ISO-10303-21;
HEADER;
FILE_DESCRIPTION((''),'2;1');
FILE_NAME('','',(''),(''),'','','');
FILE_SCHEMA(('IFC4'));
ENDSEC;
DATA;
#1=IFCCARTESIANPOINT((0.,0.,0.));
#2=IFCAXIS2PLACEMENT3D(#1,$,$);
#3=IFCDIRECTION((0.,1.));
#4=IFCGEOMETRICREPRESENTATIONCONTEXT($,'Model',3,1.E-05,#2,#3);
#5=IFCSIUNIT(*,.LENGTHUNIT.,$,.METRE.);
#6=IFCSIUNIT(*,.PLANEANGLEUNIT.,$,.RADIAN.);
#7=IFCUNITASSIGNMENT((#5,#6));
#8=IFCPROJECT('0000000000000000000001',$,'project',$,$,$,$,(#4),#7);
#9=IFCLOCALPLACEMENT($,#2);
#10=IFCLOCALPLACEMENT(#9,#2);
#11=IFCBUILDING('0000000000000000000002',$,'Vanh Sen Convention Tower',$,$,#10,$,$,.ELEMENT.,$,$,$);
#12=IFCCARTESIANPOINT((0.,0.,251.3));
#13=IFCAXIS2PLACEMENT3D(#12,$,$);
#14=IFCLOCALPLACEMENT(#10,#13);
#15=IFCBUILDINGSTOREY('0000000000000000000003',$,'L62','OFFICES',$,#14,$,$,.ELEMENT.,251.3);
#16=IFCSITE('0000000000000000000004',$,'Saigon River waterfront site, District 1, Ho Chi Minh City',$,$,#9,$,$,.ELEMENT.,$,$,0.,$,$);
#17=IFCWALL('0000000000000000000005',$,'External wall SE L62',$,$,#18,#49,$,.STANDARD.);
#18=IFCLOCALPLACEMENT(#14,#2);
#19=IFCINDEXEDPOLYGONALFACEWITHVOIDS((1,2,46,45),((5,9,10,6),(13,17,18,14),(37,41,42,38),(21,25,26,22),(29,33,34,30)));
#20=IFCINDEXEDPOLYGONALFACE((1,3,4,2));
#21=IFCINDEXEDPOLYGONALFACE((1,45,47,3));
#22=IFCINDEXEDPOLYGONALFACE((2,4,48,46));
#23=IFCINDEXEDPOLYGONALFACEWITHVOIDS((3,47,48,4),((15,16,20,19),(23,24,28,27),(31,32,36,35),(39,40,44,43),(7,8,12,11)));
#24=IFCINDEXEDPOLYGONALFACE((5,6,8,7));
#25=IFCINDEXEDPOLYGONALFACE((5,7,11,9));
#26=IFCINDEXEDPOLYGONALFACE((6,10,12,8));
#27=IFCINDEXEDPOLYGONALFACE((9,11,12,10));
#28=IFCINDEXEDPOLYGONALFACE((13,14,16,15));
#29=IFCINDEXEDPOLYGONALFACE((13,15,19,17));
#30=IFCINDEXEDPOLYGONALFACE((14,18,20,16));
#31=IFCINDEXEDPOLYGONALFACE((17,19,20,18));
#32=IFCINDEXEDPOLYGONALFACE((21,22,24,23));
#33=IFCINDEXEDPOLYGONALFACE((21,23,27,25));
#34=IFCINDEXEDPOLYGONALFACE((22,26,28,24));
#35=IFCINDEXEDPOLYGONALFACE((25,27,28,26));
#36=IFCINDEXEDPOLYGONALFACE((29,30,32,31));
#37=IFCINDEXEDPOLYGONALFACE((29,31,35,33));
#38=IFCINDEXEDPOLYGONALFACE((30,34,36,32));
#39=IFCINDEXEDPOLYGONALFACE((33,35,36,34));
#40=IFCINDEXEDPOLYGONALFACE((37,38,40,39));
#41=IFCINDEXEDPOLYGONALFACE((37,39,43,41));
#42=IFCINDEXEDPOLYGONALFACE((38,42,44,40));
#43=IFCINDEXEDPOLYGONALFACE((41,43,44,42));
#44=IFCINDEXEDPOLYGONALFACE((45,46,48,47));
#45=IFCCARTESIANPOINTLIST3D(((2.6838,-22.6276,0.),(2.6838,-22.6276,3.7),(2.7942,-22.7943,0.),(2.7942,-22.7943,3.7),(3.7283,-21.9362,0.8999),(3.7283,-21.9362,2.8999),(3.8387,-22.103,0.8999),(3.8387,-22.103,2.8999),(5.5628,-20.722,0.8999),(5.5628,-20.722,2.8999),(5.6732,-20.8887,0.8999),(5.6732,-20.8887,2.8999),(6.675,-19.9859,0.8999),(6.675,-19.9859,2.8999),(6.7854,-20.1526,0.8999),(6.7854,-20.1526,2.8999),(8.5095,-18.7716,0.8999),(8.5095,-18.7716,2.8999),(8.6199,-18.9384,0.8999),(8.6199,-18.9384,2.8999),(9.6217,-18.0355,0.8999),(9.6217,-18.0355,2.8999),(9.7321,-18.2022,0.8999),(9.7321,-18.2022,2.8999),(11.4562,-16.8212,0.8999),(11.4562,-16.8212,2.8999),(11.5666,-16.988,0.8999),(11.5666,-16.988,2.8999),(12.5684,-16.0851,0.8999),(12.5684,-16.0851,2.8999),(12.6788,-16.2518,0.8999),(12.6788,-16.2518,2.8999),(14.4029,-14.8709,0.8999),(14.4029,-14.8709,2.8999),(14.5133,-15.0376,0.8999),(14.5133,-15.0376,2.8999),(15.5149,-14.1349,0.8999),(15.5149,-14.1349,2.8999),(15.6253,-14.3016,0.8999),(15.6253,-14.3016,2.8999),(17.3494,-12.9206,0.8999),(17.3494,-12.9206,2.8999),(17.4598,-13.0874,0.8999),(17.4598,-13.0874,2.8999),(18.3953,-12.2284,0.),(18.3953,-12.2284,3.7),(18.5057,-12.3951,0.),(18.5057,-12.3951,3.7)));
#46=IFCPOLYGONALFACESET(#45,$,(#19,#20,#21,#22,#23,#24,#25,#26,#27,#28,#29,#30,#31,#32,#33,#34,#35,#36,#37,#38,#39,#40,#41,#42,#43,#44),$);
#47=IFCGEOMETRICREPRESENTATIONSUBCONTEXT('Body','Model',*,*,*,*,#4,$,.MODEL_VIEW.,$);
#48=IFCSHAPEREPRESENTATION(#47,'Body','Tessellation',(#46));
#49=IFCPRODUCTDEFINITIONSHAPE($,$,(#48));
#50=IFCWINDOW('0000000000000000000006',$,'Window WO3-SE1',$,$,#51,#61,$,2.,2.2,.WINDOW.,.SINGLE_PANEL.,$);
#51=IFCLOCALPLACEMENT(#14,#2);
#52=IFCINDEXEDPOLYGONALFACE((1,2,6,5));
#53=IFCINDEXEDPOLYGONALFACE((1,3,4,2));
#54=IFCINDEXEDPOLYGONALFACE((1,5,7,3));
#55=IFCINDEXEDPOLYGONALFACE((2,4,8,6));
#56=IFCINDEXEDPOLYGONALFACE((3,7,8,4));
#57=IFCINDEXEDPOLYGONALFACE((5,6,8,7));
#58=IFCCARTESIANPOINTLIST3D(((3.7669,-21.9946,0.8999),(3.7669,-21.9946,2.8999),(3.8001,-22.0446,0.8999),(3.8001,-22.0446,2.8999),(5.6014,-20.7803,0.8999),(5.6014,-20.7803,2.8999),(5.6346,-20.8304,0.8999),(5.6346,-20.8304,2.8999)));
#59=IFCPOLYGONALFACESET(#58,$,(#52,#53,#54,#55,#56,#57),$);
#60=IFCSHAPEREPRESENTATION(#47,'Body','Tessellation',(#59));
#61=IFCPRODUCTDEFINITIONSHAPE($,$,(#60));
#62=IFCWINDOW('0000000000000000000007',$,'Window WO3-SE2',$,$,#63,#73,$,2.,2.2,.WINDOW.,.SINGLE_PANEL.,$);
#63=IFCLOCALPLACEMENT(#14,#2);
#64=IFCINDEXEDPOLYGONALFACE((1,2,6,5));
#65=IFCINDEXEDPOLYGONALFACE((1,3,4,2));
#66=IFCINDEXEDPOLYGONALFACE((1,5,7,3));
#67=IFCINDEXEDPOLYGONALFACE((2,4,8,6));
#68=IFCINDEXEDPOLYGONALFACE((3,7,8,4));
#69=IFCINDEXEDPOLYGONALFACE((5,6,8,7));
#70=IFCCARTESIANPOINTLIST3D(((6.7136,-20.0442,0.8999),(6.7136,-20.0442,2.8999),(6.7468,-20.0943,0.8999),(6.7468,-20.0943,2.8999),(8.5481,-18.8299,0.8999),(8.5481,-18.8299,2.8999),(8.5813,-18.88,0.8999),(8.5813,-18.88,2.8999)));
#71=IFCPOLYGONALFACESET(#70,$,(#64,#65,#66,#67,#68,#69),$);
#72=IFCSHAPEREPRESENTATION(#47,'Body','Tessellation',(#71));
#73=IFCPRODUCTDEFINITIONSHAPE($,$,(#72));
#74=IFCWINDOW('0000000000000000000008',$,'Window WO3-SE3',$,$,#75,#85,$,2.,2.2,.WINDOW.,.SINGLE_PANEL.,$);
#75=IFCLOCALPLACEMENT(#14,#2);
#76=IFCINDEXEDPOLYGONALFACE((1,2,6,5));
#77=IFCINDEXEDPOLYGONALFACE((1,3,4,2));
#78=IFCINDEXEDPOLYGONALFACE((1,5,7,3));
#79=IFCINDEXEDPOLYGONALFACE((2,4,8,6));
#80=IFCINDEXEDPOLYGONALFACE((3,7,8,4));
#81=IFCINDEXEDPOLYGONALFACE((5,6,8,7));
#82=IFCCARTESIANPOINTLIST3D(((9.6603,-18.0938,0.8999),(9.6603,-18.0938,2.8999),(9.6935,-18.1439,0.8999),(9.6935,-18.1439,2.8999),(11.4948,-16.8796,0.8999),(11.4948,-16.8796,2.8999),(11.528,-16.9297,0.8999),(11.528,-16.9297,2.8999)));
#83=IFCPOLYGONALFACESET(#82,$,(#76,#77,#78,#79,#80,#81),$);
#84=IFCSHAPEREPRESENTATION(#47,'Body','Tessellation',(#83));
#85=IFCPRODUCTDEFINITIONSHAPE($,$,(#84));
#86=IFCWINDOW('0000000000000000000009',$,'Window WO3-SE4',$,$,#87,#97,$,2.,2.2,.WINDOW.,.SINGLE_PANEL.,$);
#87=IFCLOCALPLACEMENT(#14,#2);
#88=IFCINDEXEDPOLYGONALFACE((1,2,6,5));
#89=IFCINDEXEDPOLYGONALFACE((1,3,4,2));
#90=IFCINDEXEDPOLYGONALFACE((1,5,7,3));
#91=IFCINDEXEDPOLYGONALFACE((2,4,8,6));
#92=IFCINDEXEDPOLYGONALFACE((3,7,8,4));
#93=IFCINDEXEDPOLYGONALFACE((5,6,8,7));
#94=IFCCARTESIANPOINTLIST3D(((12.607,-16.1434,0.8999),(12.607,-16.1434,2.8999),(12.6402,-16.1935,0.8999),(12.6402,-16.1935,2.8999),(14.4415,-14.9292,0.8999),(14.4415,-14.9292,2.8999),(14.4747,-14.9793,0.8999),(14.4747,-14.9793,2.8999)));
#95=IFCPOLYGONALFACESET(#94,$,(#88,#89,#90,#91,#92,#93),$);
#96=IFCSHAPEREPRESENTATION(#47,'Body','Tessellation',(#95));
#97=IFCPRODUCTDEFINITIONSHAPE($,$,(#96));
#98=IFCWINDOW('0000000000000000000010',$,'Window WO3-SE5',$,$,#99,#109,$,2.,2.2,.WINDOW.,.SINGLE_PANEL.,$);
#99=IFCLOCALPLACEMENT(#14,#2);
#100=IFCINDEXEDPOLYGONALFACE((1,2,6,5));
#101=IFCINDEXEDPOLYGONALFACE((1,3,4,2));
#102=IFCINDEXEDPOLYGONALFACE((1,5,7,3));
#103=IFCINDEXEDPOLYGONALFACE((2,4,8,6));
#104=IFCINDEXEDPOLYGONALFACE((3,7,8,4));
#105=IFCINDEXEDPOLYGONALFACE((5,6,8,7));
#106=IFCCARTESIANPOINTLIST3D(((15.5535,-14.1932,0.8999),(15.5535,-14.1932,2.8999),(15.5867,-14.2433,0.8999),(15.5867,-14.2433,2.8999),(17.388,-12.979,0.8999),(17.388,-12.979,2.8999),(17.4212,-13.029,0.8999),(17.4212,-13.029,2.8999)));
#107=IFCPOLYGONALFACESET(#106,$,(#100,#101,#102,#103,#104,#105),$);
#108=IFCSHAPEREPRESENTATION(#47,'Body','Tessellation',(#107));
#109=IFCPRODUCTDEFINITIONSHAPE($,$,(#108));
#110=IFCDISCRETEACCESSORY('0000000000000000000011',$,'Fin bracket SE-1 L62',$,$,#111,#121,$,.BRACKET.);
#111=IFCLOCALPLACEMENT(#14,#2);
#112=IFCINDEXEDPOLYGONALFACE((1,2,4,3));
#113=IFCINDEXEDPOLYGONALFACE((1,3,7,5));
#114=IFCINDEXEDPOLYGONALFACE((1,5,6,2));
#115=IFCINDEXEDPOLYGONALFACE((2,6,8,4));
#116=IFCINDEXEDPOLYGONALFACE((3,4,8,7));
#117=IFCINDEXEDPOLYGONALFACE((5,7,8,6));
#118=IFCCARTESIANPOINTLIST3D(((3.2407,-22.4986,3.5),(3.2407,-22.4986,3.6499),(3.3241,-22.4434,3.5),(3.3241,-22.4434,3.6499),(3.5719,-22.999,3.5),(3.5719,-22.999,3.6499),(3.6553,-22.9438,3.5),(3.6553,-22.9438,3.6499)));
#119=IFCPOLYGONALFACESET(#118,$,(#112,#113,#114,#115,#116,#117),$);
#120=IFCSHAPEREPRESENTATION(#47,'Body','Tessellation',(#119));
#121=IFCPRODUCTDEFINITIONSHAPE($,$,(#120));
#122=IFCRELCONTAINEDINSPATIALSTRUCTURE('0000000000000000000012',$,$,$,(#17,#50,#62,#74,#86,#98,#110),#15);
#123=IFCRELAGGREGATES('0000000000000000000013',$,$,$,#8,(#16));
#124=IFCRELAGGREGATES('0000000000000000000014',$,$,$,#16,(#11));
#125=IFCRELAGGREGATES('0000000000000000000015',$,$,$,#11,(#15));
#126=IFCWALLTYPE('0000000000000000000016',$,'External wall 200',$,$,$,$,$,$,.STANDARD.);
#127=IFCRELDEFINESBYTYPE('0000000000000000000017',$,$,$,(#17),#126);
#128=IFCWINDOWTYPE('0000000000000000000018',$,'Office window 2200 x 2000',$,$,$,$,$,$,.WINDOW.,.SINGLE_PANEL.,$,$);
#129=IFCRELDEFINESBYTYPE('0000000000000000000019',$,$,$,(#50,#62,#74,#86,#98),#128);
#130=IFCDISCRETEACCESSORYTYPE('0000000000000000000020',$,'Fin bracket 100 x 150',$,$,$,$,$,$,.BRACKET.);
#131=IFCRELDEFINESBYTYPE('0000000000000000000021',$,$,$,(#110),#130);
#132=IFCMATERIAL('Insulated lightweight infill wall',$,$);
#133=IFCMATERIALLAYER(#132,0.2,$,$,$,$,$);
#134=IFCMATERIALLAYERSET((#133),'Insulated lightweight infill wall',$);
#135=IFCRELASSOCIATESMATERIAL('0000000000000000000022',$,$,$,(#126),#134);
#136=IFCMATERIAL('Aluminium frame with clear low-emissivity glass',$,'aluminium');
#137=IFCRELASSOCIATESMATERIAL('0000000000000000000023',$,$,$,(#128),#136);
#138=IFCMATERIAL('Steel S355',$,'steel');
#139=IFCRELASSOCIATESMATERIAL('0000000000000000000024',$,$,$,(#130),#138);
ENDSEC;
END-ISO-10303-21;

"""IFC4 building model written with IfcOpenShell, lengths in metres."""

from ifc_helpers import new_model, si_unit, direction, frame, frame_2d, origin, origin_2d, place, context, subcontext, project, spatial, rectangle, extrude, material, layer, layer_set, type_object, element, fill, save


model = new_model("IFC4")

# Units and contexts
model_context = context("Model", 3, precision=1e-05, world=origin(), true_north=direction((0.0, 1.0)))
body_context = subcontext(model_context, "Body", "Model", "MODEL_VIEW")
ifc_project = project(units=[si_unit("LENGTHUNIT", "METRE"), si_unit("PLANEANGLEUNIT", "RADIAN")], contexts=[model_context])

# Site, building, storey
site_placement = place(None, origin())
site = spatial("IfcSite", under=ifc_project, at=site_placement, Name="Saigon River waterfront site, District 1, Ho Chi Minh City", CompositionType="ELEMENT", RefElevation=0.0)
building_placement = place(site_placement, origin())
building = spatial("IfcBuilding", under=site, at=building_placement, Name="Vanh Sen Convention Tower", CompositionType="ELEMENT")
storey_placement = place(building_placement, frame((0.0, 0.0, 251.3)))
storey = spatial("IfcBuildingStorey", under=building, at=storey_placement, Name="L62", Description="OFFICES", CompositionType="ELEMENT", Elevation=251.3)

# Wall, openings, windows
ifc_material_1 = material(Name="Insulated lightweight infill wall")
ifc_layer_1 = layer(ifc_material_1, 0.2)
ifc_layer_set_1 = layer_set([ifc_layer_1], Name="Insulated lightweight infill wall")
wall_type_1 = type_object("IfcWallType", Name="External wall 200", PredefinedType="STANDARD", material=ifc_layer_set_1)
wall_1_placement = place(storey_placement, frame((2.739, -22.7109, 0.0), z_axis=(0.0, 0.0, 1.0), x_axis=(0.833886, 0.551937, 0.0)))
wall_1 = element("IfcWall", 1, at=wall_1_placement, inside=storey, type_object=wall_type_1, Name="External wall SE L62", PredefinedType="STANDARD", context=body_context, shape_type="SweptSolid", body=[
    extrude(rectangle(XDim=18.8413, YDim=0.2, at=frame_2d((9.4207, 0.0))), origin(), (0.0, 0.0, 1.0), 3.7),
])
opening_1_placement = place(wall_1_placement, frame((1.2524, 0.0, 0.8999)))
opening_1 = element("IfcOpeningElement", 2, at=opening_1_placement, cuts=wall_1, PredefinedType="OPENING", context=body_context, shape_type="SweptSolid", body=[
    extrude(rectangle(XDim=2.2, YDim=2.0, at=frame_2d((1.1001, 1.0))), frame((0.0, 0.1099, 0.0), z_axis=(0.0, -1.0, 0.0), x_axis=(1.0, 0.0, 0.0)), (0.0, 0.0, 1.0), 0.22),
])
opening_2_placement = place(wall_1_placement, frame((4.7861, 0.0, 0.8999)))
opening_2 = element("IfcOpeningElement", 3, at=opening_2_placement, cuts=wall_1, PredefinedType="OPENING", context=body_context, shape_type="SweptSolid", body=[
    extrude(rectangle(XDim=2.2, YDim=2.0, at=frame_2d((1.1001, 1.0))), frame((0.0, 0.1099, 0.0), z_axis=(0.0, -1.0, 0.0), x_axis=(1.0, 0.0, 0.0)), (0.0, 0.0, 1.0), 0.22),
])
opening_3_placement = place(wall_1_placement, frame((8.3198, 0.0, 0.8999)))
opening_3 = element("IfcOpeningElement", 4, at=opening_3_placement, cuts=wall_1, PredefinedType="OPENING", context=body_context, shape_type="SweptSolid", body=[
    extrude(rectangle(XDim=2.2, YDim=2.0, at=frame_2d((1.1001, 1.0))), frame((0.0, 0.1099, 0.0), z_axis=(0.0, -1.0, 0.0), x_axis=(1.0, 0.0, 0.0)), (0.0, 0.0, 1.0), 0.22),
])
opening_4_placement = place(wall_1_placement, frame((11.8535, 0.0, 0.8999)))
opening_4 = element("IfcOpeningElement", 5, at=opening_4_placement, cuts=wall_1, PredefinedType="OPENING", context=body_context, shape_type="SweptSolid", body=[
    extrude(rectangle(XDim=2.2, YDim=2.0, at=frame_2d((1.1001, 1.0))), frame((0.0, 0.1099, 0.0), z_axis=(0.0, -1.0, 0.0), x_axis=(1.0, 0.0, 0.0)), (0.0, 0.0, 1.0), 0.22),
])
opening_5_placement = place(wall_1_placement, frame((15.387, 0.0, 0.8999)))
opening_5 = element("IfcOpeningElement", 6, at=opening_5_placement, cuts=wall_1, PredefinedType="OPENING", context=body_context, shape_type="SweptSolid", body=[
    extrude(rectangle(XDim=2.2, YDim=2.0, at=frame_2d((1.1001, 1.0))), frame((0.0, 0.1099, 0.0), z_axis=(0.0, -1.0, 0.0), x_axis=(1.0, 0.0, 0.0)), (0.0, 0.0, 1.0), 0.22),
])
ifc_material_2 = material(Name="Aluminium frame with clear low-emissivity glass", Category="aluminium")
window_type = type_object("IfcWindowType", Name="Office window 2200 x 2000", PartitioningType="SINGLE_PANEL", PredefinedType="WINDOW", material=ifc_material_2)
window_1_placement = place(opening_1_placement, origin())
window_1 = element("IfcWindow", 7, at=window_1_placement, inside=storey, type_object=window_type, Name="Window WO3-SE1", OverallHeight=2.0, OverallWidth=2.2, PartitioningType="SINGLE_PANEL", PredefinedType="WINDOW", context=body_context, shape_type="SweptSolid", body=[
    extrude(rectangle(XDim=2.2, YDim=2.0, at=frame_2d((1.1001, 1.0))), frame((0.0, 0.03, 0.0), z_axis=(0.0, -1.0, 0.0), x_axis=(1.0, 0.0, 0.0)), (0.0, 0.0, 1.0), 0.0601),
])
fill(opening_1, window_1)
window_2_placement = place(opening_2_placement, origin())
window_2 = element("IfcWindow", 8, at=window_2_placement, inside=storey, type_object=window_type, Name="Window WO3-SE2", OverallHeight=2.0, OverallWidth=2.2, PartitioningType="SINGLE_PANEL", PredefinedType="WINDOW", context=body_context, shape_type="SweptSolid", body=[
    extrude(rectangle(XDim=2.2, YDim=2.0, at=frame_2d((1.1001, 1.0))), frame((0.0, 0.03, 0.0), z_axis=(0.0, -1.0, 0.0), x_axis=(1.0, 0.0, 0.0)), (0.0, 0.0, 1.0), 0.0601),
])
fill(opening_2, window_2)
window_3_placement = place(opening_3_placement, origin())
window_3 = element("IfcWindow", 9, at=window_3_placement, inside=storey, type_object=window_type, Name="Window WO3-SE3", OverallHeight=2.0, OverallWidth=2.2, PartitioningType="SINGLE_PANEL", PredefinedType="WINDOW", context=body_context, shape_type="SweptSolid", body=[
    extrude(rectangle(XDim=2.2, YDim=2.0, at=frame_2d((1.1001, 1.0))), frame((0.0, 0.03, 0.0), z_axis=(0.0, -1.0, 0.0), x_axis=(1.0, 0.0, 0.0)), (0.0, 0.0, 1.0), 0.0601),
])
fill(opening_3, window_3)
window_4_placement = place(opening_4_placement, origin())
window_4 = element("IfcWindow", 10, at=window_4_placement, inside=storey, type_object=window_type, Name="Window WO3-SE4", OverallHeight=2.0, OverallWidth=2.2, PartitioningType="SINGLE_PANEL", PredefinedType="WINDOW", context=body_context, shape_type="SweptSolid", body=[
    extrude(rectangle(XDim=2.2, YDim=2.0, at=frame_2d((1.1001, 1.0))), frame((0.0, 0.03, 0.0), z_axis=(0.0, -1.0, 0.0), x_axis=(1.0, 0.0, 0.0)), (0.0, 0.0, 1.0), 0.0601),
])
fill(opening_4, window_4)
window_5_placement = place(opening_5_placement, origin())
window_5 = element("IfcWindow", 11, at=window_5_placement, inside=storey, type_object=window_type, Name="Window WO3-SE5", OverallHeight=2.0, OverallWidth=2.2, PartitioningType="SINGLE_PANEL", PredefinedType="WINDOW", context=body_context, shape_type="SweptSolid", body=[
    extrude(rectangle(XDim=2.2, YDim=2.0, at=frame_2d((1.1001, 1.0))), frame((0.0, 0.03, 0.0), z_axis=(0.0, -1.0, 0.0), x_axis=(1.0, 0.0, 0.0)), (0.0, 0.0, 1.0), 0.0601),
])
fill(opening_5, window_5)

# Discrete accessory
ifc_material_3 = material(Name="Steel S355", Category="steel")
discrete_accessory_type = type_object("IfcDiscreteAccessoryType", Name="Fin bracket 100 x 150", PredefinedType="BRACKET", material=ifc_material_3)
discrete_accessory_placement = place(storey_placement, frame((3.448, -22.7212, 3.5), z_axis=(0.0, 0.0, 1.0), x_axis=(0.551937, -0.833886, 0.0)))
element("IfcDiscreteAccessory", 12, at=discrete_accessory_placement, inside=storey, type_object=discrete_accessory_type, Name="Fin bracket SE-1 L62", PredefinedType="BRACKET", context=body_context, shape_type="SweptSolid", body=[
    extrude(rectangle(XDim=0.6001, YDim=0.1001, at=origin_2d()), origin(), (0.0, 0.0, 1.0), 0.1499),
])

save(model, "model.ifc")
